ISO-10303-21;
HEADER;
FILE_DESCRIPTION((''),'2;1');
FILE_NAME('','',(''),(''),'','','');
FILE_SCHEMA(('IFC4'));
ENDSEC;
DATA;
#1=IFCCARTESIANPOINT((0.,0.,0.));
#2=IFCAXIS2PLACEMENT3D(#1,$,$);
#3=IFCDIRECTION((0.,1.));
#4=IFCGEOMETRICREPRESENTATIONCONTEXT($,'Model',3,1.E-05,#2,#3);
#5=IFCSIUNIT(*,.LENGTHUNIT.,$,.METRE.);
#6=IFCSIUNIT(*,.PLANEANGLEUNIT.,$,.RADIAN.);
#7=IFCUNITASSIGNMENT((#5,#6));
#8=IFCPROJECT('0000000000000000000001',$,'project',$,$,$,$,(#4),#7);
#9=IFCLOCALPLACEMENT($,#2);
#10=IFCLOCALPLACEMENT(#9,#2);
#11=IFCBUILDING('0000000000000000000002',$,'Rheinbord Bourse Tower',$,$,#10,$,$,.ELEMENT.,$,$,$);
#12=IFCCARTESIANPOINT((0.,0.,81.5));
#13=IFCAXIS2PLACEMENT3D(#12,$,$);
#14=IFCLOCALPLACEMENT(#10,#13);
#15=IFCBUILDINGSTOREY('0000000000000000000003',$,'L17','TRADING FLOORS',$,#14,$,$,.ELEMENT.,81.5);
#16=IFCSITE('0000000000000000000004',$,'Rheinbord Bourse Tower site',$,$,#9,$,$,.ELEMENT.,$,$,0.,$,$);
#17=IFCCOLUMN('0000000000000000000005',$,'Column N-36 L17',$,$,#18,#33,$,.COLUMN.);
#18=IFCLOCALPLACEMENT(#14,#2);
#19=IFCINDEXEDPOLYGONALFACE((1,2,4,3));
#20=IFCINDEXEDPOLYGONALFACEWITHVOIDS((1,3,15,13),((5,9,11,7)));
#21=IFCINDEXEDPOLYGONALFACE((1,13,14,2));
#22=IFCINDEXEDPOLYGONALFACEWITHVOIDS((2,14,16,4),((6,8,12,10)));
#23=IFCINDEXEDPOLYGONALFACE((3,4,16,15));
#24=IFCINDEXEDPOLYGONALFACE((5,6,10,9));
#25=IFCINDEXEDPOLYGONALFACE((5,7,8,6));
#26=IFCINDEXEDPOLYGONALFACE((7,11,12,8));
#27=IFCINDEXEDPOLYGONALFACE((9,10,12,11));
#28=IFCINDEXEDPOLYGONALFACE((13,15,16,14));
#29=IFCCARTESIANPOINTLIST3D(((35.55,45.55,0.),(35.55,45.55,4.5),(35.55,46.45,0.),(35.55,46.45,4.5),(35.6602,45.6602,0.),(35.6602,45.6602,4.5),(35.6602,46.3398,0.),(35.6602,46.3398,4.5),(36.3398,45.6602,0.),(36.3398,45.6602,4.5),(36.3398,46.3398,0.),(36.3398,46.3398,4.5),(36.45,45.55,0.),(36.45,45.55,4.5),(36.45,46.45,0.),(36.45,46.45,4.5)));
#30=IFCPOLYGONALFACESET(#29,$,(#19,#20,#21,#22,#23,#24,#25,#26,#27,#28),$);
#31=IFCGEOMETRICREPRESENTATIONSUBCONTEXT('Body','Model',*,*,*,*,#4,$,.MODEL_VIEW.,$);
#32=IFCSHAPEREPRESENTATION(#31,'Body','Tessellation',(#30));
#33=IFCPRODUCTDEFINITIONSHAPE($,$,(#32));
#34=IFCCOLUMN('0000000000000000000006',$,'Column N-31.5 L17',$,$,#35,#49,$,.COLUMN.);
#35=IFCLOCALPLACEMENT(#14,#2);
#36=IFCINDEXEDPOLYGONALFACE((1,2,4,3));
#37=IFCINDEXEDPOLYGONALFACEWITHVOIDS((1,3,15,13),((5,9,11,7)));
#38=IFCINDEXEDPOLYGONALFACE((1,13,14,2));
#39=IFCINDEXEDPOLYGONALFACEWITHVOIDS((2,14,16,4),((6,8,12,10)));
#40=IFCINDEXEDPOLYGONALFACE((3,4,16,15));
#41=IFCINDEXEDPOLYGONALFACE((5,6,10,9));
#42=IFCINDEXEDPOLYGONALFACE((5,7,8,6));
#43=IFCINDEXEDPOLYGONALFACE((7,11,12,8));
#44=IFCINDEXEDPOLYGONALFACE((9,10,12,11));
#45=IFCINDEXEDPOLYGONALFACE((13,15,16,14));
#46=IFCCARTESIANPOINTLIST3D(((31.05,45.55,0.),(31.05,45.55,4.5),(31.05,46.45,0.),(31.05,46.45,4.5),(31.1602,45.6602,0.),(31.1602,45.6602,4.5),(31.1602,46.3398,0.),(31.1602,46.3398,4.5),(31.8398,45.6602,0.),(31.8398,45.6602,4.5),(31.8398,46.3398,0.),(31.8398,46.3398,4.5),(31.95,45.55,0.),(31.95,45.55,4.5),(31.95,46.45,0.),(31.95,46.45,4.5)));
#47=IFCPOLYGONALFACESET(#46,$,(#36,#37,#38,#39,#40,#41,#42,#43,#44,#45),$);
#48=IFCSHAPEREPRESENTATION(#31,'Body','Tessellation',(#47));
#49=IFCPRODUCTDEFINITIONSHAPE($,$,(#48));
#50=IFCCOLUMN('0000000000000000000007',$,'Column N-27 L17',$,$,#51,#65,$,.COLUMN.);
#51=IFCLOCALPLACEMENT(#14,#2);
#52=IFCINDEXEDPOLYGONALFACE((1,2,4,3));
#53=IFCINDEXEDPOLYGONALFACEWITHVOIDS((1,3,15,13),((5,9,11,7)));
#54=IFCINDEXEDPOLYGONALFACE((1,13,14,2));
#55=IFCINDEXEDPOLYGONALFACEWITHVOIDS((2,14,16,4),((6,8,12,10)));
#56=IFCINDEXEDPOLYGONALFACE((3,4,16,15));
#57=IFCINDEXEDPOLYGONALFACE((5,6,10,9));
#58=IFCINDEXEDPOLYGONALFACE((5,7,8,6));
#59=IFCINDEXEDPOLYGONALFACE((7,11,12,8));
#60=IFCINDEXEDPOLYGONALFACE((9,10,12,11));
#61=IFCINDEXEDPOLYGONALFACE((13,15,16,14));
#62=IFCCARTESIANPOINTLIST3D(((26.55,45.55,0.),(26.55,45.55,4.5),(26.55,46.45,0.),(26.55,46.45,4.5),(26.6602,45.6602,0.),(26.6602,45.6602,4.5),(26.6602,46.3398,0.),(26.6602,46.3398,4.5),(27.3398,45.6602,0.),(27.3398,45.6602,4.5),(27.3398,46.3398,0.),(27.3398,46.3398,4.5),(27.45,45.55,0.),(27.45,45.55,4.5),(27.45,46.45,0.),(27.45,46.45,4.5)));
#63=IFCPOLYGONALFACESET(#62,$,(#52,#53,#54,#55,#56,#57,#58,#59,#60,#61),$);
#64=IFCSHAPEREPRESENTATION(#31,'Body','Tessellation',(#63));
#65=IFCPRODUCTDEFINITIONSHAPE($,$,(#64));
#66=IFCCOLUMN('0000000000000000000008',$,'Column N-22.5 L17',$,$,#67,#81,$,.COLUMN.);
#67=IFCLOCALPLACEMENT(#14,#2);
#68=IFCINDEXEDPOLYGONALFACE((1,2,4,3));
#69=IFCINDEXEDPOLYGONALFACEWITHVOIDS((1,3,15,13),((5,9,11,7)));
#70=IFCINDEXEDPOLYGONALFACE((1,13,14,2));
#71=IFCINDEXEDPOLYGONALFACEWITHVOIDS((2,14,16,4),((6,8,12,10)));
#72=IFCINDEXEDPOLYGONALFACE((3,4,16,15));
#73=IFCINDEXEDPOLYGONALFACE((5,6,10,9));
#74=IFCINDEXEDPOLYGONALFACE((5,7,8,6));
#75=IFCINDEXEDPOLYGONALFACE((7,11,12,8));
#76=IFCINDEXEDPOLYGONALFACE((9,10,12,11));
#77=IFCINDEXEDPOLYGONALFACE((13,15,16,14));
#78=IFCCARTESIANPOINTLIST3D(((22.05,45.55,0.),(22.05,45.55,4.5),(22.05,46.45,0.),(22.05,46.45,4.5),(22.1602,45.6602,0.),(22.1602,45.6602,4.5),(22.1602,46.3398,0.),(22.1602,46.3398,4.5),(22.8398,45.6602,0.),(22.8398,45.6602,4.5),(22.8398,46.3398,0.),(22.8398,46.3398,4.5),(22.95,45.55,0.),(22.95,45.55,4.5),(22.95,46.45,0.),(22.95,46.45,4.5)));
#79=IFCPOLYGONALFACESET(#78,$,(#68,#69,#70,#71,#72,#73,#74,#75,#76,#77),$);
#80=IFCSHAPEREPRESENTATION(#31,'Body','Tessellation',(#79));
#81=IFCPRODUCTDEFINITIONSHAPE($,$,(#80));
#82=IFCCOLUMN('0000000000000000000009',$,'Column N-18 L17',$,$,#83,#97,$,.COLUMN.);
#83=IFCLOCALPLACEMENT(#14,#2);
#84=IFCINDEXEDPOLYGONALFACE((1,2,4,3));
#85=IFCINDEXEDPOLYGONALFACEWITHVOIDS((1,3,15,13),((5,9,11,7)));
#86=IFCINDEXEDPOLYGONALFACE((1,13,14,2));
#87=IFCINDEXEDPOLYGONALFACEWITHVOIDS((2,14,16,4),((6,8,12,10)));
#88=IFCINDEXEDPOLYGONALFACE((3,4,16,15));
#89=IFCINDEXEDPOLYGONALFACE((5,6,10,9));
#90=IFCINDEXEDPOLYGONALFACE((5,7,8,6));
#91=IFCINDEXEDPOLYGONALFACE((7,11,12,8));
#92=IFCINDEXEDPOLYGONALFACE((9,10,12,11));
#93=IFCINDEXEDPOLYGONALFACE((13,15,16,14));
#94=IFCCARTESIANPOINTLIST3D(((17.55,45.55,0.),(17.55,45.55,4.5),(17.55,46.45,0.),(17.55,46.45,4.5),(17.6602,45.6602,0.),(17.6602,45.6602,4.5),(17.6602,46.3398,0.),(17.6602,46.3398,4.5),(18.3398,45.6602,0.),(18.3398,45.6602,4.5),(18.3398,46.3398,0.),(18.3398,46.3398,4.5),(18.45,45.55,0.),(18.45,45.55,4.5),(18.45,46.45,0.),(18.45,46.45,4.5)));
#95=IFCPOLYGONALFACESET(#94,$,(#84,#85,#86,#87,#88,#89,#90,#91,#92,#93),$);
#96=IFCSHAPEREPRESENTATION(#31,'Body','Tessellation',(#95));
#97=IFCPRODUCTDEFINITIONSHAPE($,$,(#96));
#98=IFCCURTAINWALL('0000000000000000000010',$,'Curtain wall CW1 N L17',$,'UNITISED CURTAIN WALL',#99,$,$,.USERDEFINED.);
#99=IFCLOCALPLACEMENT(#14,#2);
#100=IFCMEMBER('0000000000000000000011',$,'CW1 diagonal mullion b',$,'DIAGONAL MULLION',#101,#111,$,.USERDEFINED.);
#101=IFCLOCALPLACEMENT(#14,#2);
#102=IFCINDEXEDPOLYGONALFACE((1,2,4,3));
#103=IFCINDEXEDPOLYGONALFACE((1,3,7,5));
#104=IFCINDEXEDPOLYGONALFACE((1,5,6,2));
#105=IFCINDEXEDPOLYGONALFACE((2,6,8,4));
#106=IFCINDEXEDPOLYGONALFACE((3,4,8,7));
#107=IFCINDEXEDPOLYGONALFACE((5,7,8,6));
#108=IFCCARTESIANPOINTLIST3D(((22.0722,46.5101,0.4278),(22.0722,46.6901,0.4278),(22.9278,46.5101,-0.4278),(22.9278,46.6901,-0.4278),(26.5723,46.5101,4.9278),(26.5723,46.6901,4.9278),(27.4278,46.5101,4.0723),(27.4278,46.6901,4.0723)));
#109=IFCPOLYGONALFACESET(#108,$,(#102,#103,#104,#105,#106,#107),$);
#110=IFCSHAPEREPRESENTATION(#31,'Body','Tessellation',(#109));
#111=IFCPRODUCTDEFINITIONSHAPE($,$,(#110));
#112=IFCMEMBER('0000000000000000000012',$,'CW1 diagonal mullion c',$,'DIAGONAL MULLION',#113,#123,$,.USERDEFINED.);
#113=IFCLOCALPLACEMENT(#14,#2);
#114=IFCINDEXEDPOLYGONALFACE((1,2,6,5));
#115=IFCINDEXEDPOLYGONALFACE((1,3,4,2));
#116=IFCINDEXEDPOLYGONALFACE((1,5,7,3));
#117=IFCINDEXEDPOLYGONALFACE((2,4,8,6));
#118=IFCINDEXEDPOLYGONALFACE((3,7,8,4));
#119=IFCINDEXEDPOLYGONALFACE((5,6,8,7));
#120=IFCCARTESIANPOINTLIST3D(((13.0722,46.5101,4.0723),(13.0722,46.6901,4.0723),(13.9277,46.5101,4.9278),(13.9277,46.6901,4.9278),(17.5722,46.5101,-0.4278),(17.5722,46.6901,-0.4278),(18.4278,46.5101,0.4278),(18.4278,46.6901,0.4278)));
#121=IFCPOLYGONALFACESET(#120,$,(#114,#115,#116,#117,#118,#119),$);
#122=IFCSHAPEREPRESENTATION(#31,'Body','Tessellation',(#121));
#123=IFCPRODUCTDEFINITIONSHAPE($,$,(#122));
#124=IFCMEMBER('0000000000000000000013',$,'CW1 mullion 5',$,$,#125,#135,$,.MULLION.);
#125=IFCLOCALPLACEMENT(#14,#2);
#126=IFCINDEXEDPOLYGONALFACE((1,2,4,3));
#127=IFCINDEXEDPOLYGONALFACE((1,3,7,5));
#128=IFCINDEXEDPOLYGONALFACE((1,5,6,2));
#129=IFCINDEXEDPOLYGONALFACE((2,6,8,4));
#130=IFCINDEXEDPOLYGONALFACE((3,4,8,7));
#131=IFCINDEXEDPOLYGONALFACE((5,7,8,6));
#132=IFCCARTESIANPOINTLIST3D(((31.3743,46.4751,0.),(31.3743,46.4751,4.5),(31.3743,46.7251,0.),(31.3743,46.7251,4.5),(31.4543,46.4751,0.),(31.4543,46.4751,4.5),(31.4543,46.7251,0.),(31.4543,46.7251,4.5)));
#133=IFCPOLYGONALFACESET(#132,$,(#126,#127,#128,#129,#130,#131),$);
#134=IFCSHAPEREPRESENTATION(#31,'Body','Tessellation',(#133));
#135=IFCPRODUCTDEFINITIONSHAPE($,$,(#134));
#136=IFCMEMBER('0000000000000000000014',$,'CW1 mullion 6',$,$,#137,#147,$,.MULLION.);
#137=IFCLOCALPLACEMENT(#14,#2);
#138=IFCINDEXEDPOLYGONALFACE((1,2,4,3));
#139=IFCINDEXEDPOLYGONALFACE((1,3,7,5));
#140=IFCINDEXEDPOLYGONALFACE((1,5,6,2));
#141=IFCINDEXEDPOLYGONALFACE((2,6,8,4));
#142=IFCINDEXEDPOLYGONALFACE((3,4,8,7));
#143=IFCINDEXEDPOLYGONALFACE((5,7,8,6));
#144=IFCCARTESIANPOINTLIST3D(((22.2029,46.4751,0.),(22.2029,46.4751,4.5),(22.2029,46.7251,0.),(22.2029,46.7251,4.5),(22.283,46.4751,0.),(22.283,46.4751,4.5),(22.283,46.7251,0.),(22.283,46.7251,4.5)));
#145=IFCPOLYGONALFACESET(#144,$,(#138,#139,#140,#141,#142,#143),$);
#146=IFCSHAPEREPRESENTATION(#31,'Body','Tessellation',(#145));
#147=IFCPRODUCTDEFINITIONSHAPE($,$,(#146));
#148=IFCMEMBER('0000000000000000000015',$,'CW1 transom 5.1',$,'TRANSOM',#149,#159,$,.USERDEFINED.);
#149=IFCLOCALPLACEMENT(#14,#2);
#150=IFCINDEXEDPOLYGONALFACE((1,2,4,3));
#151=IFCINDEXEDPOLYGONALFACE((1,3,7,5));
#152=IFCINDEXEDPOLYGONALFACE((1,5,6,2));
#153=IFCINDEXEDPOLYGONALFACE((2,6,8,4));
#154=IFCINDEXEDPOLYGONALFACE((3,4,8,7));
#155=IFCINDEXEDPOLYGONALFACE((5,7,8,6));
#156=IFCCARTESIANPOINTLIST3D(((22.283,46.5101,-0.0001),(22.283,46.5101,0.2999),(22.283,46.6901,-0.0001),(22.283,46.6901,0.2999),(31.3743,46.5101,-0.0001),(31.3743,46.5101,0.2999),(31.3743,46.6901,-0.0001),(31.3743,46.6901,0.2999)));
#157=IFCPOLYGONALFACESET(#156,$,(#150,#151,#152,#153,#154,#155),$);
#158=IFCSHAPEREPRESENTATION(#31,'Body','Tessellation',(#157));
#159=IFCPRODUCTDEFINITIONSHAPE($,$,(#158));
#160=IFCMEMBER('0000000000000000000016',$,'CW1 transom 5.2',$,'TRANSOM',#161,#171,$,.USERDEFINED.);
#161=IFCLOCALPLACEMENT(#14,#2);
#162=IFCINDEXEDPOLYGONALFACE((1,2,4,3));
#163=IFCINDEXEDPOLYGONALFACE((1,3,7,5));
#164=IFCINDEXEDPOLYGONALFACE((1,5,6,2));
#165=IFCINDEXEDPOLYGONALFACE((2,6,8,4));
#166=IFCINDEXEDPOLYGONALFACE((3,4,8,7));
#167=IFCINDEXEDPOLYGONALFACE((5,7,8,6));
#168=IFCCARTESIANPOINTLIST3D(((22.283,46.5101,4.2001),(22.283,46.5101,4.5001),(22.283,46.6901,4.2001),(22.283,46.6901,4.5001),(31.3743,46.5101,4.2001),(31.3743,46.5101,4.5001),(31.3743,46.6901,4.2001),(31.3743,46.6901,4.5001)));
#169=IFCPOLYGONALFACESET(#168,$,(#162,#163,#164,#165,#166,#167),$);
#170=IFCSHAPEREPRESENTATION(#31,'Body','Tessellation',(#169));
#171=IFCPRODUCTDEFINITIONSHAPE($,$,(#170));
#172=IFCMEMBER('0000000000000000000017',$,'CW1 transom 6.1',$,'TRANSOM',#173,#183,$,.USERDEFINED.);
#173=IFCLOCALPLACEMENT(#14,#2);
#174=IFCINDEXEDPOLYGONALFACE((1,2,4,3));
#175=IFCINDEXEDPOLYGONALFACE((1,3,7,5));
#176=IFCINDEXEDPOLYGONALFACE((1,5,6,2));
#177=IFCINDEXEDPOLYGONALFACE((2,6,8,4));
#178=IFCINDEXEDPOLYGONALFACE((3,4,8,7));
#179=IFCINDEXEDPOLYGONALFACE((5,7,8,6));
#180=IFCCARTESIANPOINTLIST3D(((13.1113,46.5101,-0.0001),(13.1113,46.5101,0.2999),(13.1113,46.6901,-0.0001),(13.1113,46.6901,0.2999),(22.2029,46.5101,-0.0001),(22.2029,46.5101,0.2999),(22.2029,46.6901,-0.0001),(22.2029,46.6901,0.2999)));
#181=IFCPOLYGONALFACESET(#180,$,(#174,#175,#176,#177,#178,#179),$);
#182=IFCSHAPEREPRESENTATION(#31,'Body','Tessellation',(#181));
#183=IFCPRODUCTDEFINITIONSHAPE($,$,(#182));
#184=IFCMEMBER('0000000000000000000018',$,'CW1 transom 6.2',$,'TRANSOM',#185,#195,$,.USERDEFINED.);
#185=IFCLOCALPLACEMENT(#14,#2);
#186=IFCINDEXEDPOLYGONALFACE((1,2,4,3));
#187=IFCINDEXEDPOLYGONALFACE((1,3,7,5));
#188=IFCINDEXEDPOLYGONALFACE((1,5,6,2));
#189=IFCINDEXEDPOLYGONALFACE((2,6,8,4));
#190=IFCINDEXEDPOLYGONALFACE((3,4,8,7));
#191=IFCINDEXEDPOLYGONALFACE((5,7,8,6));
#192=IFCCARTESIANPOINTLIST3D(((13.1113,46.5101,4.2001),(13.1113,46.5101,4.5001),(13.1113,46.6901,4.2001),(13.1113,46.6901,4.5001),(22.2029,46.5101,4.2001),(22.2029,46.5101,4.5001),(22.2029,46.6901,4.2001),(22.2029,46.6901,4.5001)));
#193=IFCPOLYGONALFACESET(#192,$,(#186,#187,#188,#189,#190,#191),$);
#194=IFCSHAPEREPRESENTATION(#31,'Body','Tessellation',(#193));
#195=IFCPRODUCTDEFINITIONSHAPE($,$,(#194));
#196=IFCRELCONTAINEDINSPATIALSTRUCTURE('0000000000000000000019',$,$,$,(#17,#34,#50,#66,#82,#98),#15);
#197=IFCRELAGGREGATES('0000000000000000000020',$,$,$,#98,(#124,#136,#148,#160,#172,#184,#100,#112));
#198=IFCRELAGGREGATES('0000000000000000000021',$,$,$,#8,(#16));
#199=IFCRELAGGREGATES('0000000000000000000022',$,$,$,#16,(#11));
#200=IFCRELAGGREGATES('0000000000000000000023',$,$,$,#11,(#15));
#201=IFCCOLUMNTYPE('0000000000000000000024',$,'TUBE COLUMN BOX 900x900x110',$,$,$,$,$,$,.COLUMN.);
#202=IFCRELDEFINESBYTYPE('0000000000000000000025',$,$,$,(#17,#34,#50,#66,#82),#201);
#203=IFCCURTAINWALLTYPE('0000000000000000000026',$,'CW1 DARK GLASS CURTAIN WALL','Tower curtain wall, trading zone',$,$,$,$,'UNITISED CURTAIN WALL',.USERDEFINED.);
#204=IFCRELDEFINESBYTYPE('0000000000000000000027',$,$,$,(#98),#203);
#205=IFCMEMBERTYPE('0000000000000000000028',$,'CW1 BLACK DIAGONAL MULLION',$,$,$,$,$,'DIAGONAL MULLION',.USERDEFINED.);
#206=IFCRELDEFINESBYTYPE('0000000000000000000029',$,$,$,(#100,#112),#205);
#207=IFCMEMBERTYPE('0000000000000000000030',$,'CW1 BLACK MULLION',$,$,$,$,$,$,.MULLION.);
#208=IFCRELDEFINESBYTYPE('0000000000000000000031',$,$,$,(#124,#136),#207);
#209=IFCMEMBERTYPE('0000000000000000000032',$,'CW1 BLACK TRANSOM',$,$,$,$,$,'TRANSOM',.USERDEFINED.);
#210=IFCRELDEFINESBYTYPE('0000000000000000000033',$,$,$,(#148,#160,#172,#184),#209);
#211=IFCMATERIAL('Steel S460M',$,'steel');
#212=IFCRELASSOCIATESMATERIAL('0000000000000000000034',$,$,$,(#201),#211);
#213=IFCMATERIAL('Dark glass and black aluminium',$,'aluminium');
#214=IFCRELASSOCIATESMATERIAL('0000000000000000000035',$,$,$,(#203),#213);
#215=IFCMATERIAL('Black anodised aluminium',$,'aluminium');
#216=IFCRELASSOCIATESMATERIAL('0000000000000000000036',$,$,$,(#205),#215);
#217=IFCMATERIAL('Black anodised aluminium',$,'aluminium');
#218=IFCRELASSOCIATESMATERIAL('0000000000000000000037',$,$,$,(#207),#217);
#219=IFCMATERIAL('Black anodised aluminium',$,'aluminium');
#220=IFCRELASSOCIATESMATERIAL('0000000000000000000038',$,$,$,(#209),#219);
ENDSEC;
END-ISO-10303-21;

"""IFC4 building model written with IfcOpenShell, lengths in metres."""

from ifc_helpers import new_model, si_unit, direction, frame, origin, origin_2d, place, context, subcontext, project, spatial, rectangle, hollow_rectangle, extrude, material, material_profile, profile_set, type_object, element, aggregate, save


model = new_model("IFC4")

# Units and contexts
model_context = context("Model", 3, precision=1e-05, world=origin(), true_north=direction((0.0, 1.0)))
body_context = subcontext(model_context, "Body", "Model", "MODEL_VIEW")
ifc_project = project(units=[si_unit("LENGTHUNIT", "METRE"), si_unit("PLANEANGLEUNIT", "RADIAN")], contexts=[model_context])

# Site, building, storey
site_placement = place(None, origin())
site = spatial("IfcSite", under=ifc_project, at=site_placement, Name="Rheinbord Bourse Tower site", CompositionType="ELEMENT", RefElevation=0.0)
building_placement = place(site_placement, origin())
building = spatial("IfcBuilding", under=site, at=building_placement, Name="Rheinbord Bourse Tower", CompositionType="ELEMENT")
storey_placement = place(building_placement, frame((0.0, 0.0, 81.5)))
storey = spatial("IfcBuildingStorey", under=building, at=storey_placement, Name="L17", Description="TRADING FLOORS", CompositionType="ELEMENT", Elevation=81.5)

# Columns
ifc_material_1 = material(Name="Steel S460M", Category="steel")
ifc_material_profile_1 = material_profile(ifc_material_1, hollow_rectangle(XDim=0.8999, YDim=0.8999, WallThickness=0.1101, at=origin_2d()), Name="BOX 900x900x110")
ifc_profile_set_1 = profile_set([ifc_material_profile_1], Name="Steel S460M")
column_type = type_object("IfcColumnType", Name="TUBE COLUMN BOX 900x900x110", PredefinedType="COLUMN", material=ifc_profile_set_1)
for number, where, z_axis, x_axis, name in (
    (1, (36.0, 46.0, 0.0), (0.0, 0.0, 1.0), (0.0, 1.0, 0.0), "Column N-36 L17"),
    (2, (31.5, 46.0, 0.0), (0.0, 0.0, 1.0), (0.0, 1.0, 0.0), "Column N-31.5 L17"),
    (3, (27.0, 46.0, 0.0), (0.0, 0.0, 1.0), (0.0, 1.0, 0.0), "Column N-27 L17"),
    (4, (22.5, 46.0, 0.0), (0.0, 0.0, 1.0), (0.0, 1.0, 0.0), "Column N-22.5 L17"),
    (5, (18.0, 46.0, 0.0), (0.0, 0.0, 1.0), (0.0, 1.0, 0.0), "Column N-18 L17"),
):
    element("IfcColumn", number, at=place(storey_placement, frame(where, z_axis=z_axis, x_axis=x_axis)), inside=storey, type_object=column_type, Name=name, PredefinedType="COLUMN", context=body_context, shape_type="SweptSolid", body=[
        extrude(hollow_rectangle(XDim=0.8999, YDim=0.8999, WallThickness=0.1101, at=origin_2d()), origin(), (0.0, 0.0, 1.0), 4.5),
    ])

# Curtain wall, members
ifc_material_2 = material(Name="Dark glass and black aluminium", Category="aluminium")
curtain_wall_type = type_object("IfcCurtainWallType", Name="CW1 DARK GLASS CURTAIN WALL", Description="Tower curtain wall, trading zone", ElementType="UNITISED CURTAIN WALL", PredefinedType="USERDEFINED", material=ifc_material_2)
curtain_wall_placement = place(storey_placement, origin())
curtain_wall = element("IfcCurtainWall", 6, at=curtain_wall_placement, inside=storey, type_object=curtain_wall_type, Name="Curtain wall CW1 N L17", ObjectType="UNITISED CURTAIN WALL", PredefinedType="USERDEFINED")
ifc_material_3 = material(Name="Black anodised aluminium", Category="aluminium")
ifc_material_profile_2 = material_profile(ifc_material_3, rectangle(XDim=0.1799, YDim=1.21, at=origin_2d()), Name="CW1 DIAGONAL MULLION 1210x180")
ifc_profile_set_2 = profile_set([ifc_material_profile_2], Name="Black anodised aluminium")
member_type_1 = type_object("IfcMemberType", Name="CW1 BLACK DIAGONAL MULLION", ElementType="DIAGONAL MULLION", PredefinedType="USERDEFINED", material=ifc_profile_set_2)
member_1_placement = place(storey_placement, frame((22.5, 46.6001, 0.0), z_axis=(0.707107, 0.0, 0.707107), x_axis=(0.0, 1.0, 0.0)))
member_1 = element("IfcMember", 7, at=member_1_placement, type_object=member_type_1, Name="CW1 diagonal mullion b", ObjectType="DIAGONAL MULLION", PredefinedType="USERDEFINED", context=body_context, shape_type="SweptSolid", body=[
    extrude(rectangle(XDim=0.1799, YDim=1.21, at=origin_2d()), origin(), (0.0, 0.0, 1.0), 6.364),
])
member_2_placement = place(storey_placement, frame((18.0, 46.6001, 0.0), z_axis=(-0.707107, 0.0, 0.707107), x_axis=(0.0, -1.0, 0.0)))
member_2 = element("IfcMember", 8, at=member_2_placement, type_object=member_type_1, Name="CW1 diagonal mullion c", ObjectType="DIAGONAL MULLION", PredefinedType="USERDEFINED", context=body_context, shape_type="SweptSolid", body=[
    extrude(rectangle(XDim=0.1799, YDim=1.21, at=origin_2d()), origin(), (0.0, 0.0, 1.0), 6.364),
])
ifc_material_4 = material(Name="Black anodised aluminium", Category="aluminium")
ifc_material_profile_3 = material_profile(ifc_material_4, rectangle(XDim=0.25, YDim=0.0801, at=origin_2d()), Name="CW1 MULLION 80x250")
ifc_profile_set_3 = profile_set([ifc_material_profile_3], Name="Black anodised aluminium")
member_type_2 = type_object("IfcMemberType", Name="CW1 BLACK MULLION", PredefinedType="MULLION", material=ifc_profile_set_3)
member_3_placement = place(storey_placement, frame((31.4143, 46.6001, 0.0), z_axis=(0.0, 0.0, 1.0), x_axis=(0.0, -1.0, 0.0)))
member_3 = element("IfcMember", 9, at=member_3_placement, type_object=member_type_2, Name="CW1 mullion 5", PredefinedType="MULLION", context=body_context, shape_type="SweptSolid", body=[
    extrude(rectangle(XDim=0.25, YDim=0.0801, at=origin_2d()), origin(), (0.0, 0.0, 1.0), 4.5),
])
member_4_placement = place(storey_placement, frame((22.2429, 46.6001, 0.0), z_axis=(0.0, 0.0, 1.0), x_axis=(0.0, -1.0, 0.0)))
member_4 = element("IfcMember", 10, at=member_4_placement, type_object=member_type_2, Name="CW1 mullion 6", PredefinedType="MULLION", context=body_context, shape_type="SweptSolid", body=[
    extrude(rectangle(XDim=0.25, YDim=0.0801, at=origin_2d()), origin(), (0.0, 0.0, 1.0), 4.5),
])
ifc_material_5 = material(Name="Black anodised aluminium", Category="aluminium")
ifc_material_profile_4 = material_profile(ifc_material_5, rectangle(XDim=0.1799, YDim=0.3, at=origin_2d()), Name="CW1 TRANSOM 300x180")
ifc_profile_set_4 = profile_set([ifc_material_profile_4], Name="Black anodised aluminium")
member_type_3 = type_object("IfcMemberType", Name="CW1 BLACK TRANSOM", ElementType="TRANSOM", PredefinedType="USERDEFINED", material=ifc_profile_set_4)
member_5_placement = place(storey_placement, frame((31.3743, 46.6001, 0.1499), z_axis=(-1.0, 0.0, 0.0), x_axis=(0.0, -1.0, 0.0)))
member_5 = element("IfcMember", 11, at=member_5_placement, type_object=member_type_3, Name="CW1 transom 5.1", ObjectType="TRANSOM", PredefinedType="USERDEFINED", context=body_context, shape_type="SweptSolid", body=[
    extrude(rectangle(XDim=0.1799, YDim=0.3, at=origin_2d()), origin(), (0.0, 0.0, 1.0), 9.0913),
])
member_6_placement = place(storey_placement, frame((31.3743, 46.6001, 4.3501), z_axis=(-1.0, 0.0, 0.0), x_axis=(0.0, -1.0, 0.0)))
member_6 = element("IfcMember", 12, at=member_6_placement, type_object=member_type_3, Name="CW1 transom 5.2", ObjectType="TRANSOM", PredefinedType="USERDEFINED", context=body_context, shape_type="SweptSolid", body=[
    extrude(rectangle(XDim=0.1799, YDim=0.3, at=origin_2d()), origin(), (0.0, 0.0, 1.0), 9.0913),
])
member_7_placement = place(storey_placement, frame((22.2029, 46.6001, 0.1499), z_axis=(-1.0, 0.0, 0.0), x_axis=(0.0, -1.0, 0.0)))
member_7 = element("IfcMember", 13, at=member_7_placement, type_object=member_type_3, Name="CW1 transom 6.1", ObjectType="TRANSOM", PredefinedType="USERDEFINED", context=body_context, shape_type="SweptSolid", body=[
    extrude(rectangle(XDim=0.1799, YDim=0.3, at=origin_2d()), origin(), (0.0, 0.0, 1.0), 9.0916),
])
member_8_placement = place(storey_placement, frame((22.2029, 46.6001, 4.3501), z_axis=(-1.0, 0.0, 0.0), x_axis=(0.0, -1.0, 0.0)))
member_8 = element("IfcMember", 14, at=member_8_placement, type_object=member_type_3, Name="CW1 transom 6.2", ObjectType="TRANSOM", PredefinedType="USERDEFINED", context=body_context, shape_type="SweptSolid", body=[
    extrude(rectangle(XDim=0.1799, YDim=0.3, at=origin_2d()), origin(), (0.0, 0.0, 1.0), 9.0916),
])

aggregate(curtain_wall, [member_3, member_4, member_5, member_6, member_7, member_8, member_1, member_2])

save(model, "model.ifc")
